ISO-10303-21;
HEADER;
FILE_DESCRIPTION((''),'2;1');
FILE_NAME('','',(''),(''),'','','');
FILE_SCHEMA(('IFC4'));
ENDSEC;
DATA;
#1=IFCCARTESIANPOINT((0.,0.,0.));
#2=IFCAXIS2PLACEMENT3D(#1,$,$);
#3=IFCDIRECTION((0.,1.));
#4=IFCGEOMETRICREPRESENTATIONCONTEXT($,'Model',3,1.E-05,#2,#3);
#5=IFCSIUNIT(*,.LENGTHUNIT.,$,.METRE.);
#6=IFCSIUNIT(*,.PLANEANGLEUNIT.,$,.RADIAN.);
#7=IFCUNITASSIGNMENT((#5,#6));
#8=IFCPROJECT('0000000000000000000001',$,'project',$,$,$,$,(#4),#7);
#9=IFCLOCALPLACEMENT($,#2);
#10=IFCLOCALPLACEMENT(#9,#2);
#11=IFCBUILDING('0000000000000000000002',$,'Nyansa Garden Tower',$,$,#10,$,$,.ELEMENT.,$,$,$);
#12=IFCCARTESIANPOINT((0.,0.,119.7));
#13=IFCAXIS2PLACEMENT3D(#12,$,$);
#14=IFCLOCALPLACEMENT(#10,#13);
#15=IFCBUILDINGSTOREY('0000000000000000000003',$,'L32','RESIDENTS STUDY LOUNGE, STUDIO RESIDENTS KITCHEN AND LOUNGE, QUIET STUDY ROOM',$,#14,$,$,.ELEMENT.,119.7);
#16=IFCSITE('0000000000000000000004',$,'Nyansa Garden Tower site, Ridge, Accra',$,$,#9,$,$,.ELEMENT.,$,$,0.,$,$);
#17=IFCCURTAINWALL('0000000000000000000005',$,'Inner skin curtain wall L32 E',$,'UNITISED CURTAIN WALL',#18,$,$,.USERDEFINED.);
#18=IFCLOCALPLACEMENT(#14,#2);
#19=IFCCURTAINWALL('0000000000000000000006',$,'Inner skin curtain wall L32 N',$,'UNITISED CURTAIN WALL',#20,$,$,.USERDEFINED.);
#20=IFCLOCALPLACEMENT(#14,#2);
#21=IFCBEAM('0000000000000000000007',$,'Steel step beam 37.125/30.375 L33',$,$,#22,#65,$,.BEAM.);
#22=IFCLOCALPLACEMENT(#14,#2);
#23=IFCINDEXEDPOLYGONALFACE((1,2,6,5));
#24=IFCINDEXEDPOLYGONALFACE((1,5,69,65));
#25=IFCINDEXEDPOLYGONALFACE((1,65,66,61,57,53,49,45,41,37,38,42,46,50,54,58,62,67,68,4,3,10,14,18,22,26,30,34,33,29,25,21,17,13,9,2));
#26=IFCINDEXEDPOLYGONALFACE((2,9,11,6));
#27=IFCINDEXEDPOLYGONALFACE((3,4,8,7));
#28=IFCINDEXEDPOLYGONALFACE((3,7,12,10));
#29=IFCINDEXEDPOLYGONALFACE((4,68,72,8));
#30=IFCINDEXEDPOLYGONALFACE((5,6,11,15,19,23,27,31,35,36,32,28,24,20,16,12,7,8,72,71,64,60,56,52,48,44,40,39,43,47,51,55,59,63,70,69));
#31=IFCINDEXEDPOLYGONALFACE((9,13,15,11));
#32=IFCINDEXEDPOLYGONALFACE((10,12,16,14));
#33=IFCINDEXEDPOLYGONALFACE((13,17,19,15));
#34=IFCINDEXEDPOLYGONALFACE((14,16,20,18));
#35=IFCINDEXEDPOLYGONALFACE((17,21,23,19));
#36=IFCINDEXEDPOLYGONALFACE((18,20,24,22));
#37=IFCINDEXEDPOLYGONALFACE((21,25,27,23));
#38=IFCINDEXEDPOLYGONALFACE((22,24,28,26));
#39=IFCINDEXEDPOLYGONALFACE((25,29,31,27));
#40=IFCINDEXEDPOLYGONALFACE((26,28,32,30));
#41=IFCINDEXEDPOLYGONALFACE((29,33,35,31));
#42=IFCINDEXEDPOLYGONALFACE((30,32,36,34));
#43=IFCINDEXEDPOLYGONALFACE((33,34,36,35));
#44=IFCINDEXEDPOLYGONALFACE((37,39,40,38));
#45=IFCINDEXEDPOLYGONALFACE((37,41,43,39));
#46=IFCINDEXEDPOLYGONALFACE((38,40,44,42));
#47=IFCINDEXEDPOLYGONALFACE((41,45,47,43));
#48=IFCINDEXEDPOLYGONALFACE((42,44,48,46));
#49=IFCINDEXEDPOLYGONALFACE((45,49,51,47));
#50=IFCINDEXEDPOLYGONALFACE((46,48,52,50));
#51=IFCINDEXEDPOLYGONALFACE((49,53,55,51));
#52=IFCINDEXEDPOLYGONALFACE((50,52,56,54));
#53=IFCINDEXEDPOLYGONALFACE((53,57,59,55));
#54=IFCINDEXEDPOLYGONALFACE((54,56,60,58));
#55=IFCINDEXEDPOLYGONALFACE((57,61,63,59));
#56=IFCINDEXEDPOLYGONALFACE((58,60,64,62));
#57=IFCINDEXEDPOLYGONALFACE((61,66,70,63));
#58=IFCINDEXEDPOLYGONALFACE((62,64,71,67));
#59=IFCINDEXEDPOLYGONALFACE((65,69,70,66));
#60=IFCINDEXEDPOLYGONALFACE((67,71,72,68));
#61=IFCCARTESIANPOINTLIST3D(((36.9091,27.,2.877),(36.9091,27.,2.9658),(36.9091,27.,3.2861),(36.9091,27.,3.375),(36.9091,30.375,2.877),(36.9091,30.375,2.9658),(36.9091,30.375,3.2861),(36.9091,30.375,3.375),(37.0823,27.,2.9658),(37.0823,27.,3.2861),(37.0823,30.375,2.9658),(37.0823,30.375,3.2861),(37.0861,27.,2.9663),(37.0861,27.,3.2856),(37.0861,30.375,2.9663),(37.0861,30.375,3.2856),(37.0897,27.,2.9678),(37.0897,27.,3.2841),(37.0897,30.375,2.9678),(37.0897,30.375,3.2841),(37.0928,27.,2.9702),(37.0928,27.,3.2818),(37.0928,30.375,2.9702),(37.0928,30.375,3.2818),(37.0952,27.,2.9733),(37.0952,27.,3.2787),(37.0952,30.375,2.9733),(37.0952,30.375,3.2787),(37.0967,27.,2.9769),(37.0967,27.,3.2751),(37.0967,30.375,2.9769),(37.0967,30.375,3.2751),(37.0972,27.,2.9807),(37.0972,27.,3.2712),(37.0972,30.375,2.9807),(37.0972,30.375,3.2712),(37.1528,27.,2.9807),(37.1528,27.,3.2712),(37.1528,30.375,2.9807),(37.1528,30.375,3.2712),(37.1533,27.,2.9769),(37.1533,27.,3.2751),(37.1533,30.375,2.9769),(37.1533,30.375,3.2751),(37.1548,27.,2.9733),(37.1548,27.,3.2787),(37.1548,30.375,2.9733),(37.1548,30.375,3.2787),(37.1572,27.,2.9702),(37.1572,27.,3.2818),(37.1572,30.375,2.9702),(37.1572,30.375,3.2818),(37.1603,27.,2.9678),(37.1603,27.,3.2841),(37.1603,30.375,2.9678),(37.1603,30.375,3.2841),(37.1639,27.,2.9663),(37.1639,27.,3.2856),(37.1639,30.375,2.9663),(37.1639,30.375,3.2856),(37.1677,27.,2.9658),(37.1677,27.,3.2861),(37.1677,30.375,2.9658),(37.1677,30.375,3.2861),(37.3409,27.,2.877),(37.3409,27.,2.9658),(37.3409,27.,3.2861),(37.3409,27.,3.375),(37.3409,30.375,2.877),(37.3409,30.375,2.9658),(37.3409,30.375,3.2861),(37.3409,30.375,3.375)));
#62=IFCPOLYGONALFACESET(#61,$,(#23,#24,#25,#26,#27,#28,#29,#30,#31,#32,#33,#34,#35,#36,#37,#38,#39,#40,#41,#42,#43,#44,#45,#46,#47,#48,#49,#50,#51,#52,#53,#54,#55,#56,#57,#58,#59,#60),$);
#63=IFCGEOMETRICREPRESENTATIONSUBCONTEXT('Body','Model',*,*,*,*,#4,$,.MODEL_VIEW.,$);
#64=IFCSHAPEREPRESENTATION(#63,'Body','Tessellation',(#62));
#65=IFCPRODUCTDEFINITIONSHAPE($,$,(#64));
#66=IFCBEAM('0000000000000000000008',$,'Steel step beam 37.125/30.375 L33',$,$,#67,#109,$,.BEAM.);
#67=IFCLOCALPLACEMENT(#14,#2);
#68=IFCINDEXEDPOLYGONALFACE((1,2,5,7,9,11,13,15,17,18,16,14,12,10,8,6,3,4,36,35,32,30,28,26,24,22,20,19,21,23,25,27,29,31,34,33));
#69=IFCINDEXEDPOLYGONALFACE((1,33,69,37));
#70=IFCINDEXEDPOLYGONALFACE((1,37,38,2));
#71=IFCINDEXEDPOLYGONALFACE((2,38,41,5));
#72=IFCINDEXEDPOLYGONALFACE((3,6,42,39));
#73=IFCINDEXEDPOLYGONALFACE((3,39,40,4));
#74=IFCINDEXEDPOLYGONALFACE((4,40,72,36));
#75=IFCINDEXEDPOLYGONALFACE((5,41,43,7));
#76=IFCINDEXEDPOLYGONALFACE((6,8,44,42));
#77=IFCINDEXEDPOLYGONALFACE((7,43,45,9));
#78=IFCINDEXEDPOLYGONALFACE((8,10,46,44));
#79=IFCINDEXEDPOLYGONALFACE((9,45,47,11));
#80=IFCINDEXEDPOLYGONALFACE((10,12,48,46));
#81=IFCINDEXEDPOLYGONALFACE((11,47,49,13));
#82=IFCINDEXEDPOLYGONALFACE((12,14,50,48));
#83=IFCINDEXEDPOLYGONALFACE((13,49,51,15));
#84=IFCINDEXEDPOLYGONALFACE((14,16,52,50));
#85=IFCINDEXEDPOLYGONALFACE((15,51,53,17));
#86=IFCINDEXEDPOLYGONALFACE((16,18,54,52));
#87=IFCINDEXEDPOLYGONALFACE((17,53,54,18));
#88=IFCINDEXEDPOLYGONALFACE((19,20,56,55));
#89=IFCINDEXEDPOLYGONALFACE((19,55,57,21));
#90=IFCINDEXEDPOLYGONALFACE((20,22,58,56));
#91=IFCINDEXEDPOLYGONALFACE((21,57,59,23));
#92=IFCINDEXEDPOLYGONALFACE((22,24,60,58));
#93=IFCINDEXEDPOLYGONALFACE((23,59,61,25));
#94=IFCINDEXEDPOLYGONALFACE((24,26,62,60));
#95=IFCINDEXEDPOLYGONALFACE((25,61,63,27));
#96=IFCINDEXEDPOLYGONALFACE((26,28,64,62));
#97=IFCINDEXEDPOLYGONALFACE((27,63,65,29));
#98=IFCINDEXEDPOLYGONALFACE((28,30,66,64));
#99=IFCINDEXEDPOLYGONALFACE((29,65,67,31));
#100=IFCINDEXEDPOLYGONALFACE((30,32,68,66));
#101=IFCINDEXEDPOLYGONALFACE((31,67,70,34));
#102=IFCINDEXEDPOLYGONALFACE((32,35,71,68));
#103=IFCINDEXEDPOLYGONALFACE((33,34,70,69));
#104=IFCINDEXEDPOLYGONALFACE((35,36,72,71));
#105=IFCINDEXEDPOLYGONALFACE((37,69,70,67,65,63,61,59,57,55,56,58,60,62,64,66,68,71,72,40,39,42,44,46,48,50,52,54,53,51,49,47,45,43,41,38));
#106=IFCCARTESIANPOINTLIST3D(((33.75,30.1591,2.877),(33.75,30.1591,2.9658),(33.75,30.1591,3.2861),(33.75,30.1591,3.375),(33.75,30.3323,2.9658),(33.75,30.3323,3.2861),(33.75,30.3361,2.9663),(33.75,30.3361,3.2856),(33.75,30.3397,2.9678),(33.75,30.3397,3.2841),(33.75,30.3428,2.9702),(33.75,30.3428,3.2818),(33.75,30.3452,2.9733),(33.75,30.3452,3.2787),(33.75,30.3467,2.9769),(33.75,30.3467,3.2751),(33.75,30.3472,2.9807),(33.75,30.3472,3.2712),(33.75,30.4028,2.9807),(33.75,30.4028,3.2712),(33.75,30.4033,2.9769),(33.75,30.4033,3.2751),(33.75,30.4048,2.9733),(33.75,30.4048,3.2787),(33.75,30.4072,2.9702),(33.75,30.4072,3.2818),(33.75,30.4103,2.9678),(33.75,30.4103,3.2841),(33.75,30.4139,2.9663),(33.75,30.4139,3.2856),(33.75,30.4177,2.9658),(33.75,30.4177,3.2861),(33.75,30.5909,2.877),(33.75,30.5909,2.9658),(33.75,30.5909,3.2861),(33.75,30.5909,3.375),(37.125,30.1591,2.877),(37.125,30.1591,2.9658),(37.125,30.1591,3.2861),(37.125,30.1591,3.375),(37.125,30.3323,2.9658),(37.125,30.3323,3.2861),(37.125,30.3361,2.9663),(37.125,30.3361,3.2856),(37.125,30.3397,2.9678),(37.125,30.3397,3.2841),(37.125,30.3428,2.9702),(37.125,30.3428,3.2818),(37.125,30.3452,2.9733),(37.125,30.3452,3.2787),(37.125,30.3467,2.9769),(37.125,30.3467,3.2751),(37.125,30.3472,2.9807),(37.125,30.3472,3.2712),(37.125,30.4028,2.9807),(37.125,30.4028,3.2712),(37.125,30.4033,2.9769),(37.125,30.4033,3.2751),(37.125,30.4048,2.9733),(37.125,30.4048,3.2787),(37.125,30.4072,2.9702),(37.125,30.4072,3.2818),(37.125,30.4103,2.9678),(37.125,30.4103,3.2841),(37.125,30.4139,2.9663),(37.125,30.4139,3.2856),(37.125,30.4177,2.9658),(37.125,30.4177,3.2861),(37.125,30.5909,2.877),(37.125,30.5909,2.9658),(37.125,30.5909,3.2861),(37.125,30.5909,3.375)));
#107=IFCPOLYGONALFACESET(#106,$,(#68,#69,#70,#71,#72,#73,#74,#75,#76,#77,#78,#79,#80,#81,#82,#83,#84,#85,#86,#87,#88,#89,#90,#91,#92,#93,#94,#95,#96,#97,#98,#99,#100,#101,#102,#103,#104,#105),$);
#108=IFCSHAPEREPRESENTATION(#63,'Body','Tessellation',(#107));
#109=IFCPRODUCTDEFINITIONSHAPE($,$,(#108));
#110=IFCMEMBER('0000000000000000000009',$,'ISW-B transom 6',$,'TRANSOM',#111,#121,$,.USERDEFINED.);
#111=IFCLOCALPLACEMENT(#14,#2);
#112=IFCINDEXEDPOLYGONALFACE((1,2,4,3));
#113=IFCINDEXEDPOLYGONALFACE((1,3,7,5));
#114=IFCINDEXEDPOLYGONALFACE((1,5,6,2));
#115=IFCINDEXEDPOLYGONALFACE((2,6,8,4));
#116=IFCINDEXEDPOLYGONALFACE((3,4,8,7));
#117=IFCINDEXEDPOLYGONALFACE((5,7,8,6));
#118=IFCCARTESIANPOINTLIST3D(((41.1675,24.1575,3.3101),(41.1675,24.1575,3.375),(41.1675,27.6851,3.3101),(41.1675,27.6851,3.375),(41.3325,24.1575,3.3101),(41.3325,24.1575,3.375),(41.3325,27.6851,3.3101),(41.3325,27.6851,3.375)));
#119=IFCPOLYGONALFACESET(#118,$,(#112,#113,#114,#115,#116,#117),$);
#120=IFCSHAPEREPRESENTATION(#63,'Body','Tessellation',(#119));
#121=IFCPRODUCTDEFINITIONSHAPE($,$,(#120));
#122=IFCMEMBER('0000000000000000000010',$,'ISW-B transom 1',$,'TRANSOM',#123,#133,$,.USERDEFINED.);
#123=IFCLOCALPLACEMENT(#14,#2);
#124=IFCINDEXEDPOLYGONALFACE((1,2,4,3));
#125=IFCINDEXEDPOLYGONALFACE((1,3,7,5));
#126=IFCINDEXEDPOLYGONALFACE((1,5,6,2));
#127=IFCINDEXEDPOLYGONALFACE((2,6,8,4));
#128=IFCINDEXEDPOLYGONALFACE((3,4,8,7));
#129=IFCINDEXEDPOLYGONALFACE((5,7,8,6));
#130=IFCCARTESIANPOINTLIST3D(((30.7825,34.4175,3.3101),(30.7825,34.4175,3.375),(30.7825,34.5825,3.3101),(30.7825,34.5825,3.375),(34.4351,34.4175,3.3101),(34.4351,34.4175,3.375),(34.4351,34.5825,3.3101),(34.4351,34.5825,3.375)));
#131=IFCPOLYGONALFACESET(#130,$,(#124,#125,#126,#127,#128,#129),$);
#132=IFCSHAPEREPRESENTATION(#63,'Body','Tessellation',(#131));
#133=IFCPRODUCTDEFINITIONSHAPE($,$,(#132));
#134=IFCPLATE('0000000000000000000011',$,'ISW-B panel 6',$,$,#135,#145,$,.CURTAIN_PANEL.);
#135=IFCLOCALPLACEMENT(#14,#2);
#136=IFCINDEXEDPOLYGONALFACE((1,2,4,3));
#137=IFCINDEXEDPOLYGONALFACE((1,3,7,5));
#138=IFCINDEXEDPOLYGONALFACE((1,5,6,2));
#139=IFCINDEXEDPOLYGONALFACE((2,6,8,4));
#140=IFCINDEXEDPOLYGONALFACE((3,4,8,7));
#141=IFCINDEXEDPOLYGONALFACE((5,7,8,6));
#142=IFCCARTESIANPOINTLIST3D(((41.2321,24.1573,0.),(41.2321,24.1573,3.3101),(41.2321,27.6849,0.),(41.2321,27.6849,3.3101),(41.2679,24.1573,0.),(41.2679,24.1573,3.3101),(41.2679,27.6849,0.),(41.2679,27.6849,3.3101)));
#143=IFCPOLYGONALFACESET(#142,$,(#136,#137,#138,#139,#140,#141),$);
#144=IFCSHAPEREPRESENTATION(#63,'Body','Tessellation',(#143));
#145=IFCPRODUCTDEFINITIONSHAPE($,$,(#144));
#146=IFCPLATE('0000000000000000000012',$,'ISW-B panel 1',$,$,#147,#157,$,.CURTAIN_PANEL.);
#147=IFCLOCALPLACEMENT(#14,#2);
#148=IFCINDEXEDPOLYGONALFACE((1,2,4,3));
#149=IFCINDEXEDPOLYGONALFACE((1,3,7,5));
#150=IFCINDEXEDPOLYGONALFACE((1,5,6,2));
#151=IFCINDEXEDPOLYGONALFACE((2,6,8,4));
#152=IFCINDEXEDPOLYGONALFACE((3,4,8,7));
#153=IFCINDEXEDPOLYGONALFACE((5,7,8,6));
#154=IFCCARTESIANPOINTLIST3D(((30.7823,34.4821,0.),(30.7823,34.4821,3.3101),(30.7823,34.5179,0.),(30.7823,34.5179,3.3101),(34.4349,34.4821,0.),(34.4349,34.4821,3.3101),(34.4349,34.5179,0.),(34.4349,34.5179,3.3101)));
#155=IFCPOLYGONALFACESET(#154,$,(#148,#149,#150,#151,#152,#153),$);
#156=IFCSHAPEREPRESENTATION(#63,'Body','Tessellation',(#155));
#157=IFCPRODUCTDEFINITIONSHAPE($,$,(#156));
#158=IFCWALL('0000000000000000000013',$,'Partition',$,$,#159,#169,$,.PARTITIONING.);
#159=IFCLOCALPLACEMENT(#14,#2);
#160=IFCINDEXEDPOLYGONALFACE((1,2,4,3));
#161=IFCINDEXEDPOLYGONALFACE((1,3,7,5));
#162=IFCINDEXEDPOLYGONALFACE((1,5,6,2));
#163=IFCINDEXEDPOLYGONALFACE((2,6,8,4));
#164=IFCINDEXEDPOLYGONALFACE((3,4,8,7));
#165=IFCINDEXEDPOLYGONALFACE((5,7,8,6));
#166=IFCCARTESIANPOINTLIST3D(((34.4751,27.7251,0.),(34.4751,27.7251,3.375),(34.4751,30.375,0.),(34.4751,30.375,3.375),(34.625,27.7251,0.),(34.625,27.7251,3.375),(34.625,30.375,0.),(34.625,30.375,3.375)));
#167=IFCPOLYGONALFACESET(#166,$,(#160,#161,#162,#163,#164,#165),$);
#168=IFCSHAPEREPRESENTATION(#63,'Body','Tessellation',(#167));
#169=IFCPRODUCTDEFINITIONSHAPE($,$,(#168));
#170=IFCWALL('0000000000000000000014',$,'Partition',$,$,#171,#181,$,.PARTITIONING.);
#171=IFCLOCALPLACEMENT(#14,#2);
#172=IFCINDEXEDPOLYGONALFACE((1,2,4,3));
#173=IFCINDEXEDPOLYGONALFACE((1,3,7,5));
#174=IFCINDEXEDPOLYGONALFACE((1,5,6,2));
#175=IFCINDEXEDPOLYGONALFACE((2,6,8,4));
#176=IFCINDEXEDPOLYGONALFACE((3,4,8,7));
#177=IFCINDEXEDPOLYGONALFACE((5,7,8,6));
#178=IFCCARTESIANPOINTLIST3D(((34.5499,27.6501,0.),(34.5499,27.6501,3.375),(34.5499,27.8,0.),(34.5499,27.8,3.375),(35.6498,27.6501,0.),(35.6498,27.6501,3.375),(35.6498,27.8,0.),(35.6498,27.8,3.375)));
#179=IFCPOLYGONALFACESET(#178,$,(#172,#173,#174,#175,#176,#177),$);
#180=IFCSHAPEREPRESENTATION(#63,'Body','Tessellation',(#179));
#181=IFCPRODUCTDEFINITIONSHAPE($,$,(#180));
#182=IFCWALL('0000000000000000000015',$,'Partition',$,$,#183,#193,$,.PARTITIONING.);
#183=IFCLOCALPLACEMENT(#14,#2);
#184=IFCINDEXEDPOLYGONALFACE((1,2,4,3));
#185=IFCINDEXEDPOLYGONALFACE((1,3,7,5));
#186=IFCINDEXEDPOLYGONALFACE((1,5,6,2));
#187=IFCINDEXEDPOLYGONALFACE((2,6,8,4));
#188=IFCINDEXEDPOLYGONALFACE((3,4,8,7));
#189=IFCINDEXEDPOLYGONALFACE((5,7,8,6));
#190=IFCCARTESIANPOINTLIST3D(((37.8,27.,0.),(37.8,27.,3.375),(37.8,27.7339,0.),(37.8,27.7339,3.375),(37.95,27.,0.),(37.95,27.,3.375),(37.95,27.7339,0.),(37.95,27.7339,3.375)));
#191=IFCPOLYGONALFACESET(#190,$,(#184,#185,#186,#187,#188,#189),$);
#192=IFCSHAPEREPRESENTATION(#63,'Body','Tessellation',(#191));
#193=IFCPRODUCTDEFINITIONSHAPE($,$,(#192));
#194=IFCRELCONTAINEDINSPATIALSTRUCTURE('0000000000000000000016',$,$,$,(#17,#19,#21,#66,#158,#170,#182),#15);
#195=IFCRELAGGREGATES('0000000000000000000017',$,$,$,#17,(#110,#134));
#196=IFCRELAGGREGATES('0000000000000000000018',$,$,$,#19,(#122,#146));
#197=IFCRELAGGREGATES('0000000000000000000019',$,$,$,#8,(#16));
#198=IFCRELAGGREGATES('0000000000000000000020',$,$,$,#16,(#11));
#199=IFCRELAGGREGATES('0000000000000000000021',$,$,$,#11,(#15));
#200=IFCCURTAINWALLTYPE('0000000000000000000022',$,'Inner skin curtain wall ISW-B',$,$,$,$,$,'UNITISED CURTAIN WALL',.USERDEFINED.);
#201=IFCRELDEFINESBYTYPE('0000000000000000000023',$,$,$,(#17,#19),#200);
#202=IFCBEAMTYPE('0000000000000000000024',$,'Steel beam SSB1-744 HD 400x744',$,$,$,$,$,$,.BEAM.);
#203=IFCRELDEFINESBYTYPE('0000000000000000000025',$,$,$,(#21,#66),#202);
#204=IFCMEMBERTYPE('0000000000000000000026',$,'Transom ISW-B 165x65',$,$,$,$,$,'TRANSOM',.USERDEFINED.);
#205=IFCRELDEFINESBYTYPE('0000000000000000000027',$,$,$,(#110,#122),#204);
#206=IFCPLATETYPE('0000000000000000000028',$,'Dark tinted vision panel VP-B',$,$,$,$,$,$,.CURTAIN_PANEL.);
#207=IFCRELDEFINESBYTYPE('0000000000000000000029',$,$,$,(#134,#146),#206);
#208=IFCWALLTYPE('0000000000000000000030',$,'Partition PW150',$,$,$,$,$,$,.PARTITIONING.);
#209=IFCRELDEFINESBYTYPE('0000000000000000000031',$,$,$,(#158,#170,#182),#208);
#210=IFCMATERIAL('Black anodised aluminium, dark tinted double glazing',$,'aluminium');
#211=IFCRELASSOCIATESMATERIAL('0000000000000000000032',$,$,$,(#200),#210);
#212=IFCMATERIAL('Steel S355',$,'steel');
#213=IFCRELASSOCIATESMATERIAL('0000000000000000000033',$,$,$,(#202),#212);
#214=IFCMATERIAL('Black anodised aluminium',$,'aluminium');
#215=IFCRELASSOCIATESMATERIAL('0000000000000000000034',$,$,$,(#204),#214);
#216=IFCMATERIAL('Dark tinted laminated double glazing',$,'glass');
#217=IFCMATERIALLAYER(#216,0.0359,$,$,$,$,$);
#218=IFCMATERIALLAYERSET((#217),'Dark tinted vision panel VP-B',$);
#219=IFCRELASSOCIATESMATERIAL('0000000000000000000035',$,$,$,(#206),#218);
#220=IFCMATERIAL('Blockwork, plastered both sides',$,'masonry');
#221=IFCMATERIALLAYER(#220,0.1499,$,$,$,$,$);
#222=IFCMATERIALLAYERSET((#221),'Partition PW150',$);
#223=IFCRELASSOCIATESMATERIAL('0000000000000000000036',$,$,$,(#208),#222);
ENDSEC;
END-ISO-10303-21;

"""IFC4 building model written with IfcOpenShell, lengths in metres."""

from ifc_helpers import new_model, si_unit, direction, frame, frame_2d, origin, origin_2d, place, context, subcontext, project, spatial, rectangle, i_section, extrude, material, layer, layer_set, material_profile, profile_set, type_object, element, aggregate, save


model = new_model("IFC4")

# Units and contexts
model_context = context("Model", 3, precision=1e-05, world=origin(), true_north=direction((0.0, 1.0)))
body_context = subcontext(model_context, "Body", "Model", "MODEL_VIEW")
ifc_project = project(units=[si_unit("LENGTHUNIT", "METRE"), si_unit("PLANEANGLEUNIT", "RADIAN")], contexts=[model_context])

# Site, building, storey
site_placement = place(None, origin())
site = spatial("IfcSite", under=ifc_project, at=site_placement, Name="Nyansa Garden Tower site, Ridge, Accra", CompositionType="ELEMENT", RefElevation=0.0)
building_placement = place(site_placement, origin())
building = spatial("IfcBuilding", under=site, at=building_placement, Name="Nyansa Garden Tower", CompositionType="ELEMENT")
storey_placement = place(building_placement, frame((0.0, 0.0, 119.7)))
storey = spatial("IfcBuildingStorey", under=building, at=storey_placement, Name="L32", Description="RESIDENTS STUDY LOUNGE, STUDIO RESIDENTS KITCHEN AND LOUNGE, QUIET STUDY ROOM", CompositionType="ELEMENT", Elevation=119.7)

# Curtain walls
ifc_material_1 = material(Name="Black anodised aluminium, dark tinted double glazing", Category="aluminium")
curtain_wall_type = type_object("IfcCurtainWallType", Name="Inner skin curtain wall ISW-B", ElementType="UNITISED CURTAIN WALL", PredefinedType="USERDEFINED", material=ifc_material_1)
curtain_wall_1_placement = place(storey_placement, origin())
curtain_wall_1 = element("IfcCurtainWall", 1, at=curtain_wall_1_placement, inside=storey, type_object=curtain_wall_type, Name="Inner skin curtain wall L32 E", ObjectType="UNITISED CURTAIN WALL", PredefinedType="USERDEFINED")
curtain_wall_2_placement = place(storey_placement, origin())
curtain_wall_2 = element("IfcCurtainWall", 2, at=curtain_wall_2_placement, inside=storey, type_object=curtain_wall_type, Name="Inner skin curtain wall L32 N", ObjectType="UNITISED CURTAIN WALL", PredefinedType="USERDEFINED")

# Beams
ifc_material_2 = material(Name="Steel S355", Category="steel")
ifc_material_profile_1 = material_profile(ifc_material_2, i_section(OverallWidth=0.4319, OverallDepth=0.498, WebThickness=0.0557, FlangeThickness=0.0889, FilletRadius=0.0149, at=origin_2d()), Name="HD 400x744")
ifc_profile_set_1 = profile_set([ifc_material_profile_1], Name="Steel S355")
beam_type_1 = type_object("IfcBeamType", Name="Steel beam SSB1-744 HD 400x744", PredefinedType="BEAM", material=ifc_profile_set_1)
for number, where, z_axis, x_axis, name in (
    (3, (37.125, 30.375, 3.126), (0.0, -1.0, 0.0), (1.0, 0.0, 0.0), "Steel step beam 37.125/30.375 L33"),
    (4, (37.125, 30.375, 3.126), (-1.0, 0.0, 0.0), (0.0, -1.0, 0.0), "Steel step beam 37.125/30.375 L33"),
):
    element("IfcBeam", number, at=place(storey_placement, frame(where, z_axis=z_axis, x_axis=x_axis)), inside=storey, type_object=beam_type_1, Name=name, PredefinedType="BEAM", context=body_context, shape_type="SweptSolid", body=[
        extrude(i_section(OverallWidth=0.4319, OverallDepth=0.498, WebThickness=0.0557, FlangeThickness=0.0889, FilletRadius=0.0149, at=origin_2d()), origin(), (0.0, 0.0, 1.0), 3.375),
    ])

# Members
ifc_material_3 = material(Name="Black anodised aluminium", Category="aluminium")
ifc_material_profile_2 = material_profile(ifc_material_3, rectangle(XDim=0.165, YDim=0.0649, at=origin_2d()), Name="Transom 165x65")
ifc_profile_set_2 = profile_set([ifc_material_profile_2], Name="Black anodised aluminium")
member_type_1 = type_object("IfcMemberType", Name="Transom ISW-B 165x65", ElementType="TRANSOM", PredefinedType="USERDEFINED", material=ifc_profile_set_2)
member_1_placement = place(storey_placement, frame((41.25, 24.1575, 3.3425), z_axis=(0.0, 1.0, 0.0), x_axis=(-1.0, 0.0, 0.0)))
member_1 = element("IfcMember", 5, at=member_1_placement, type_object=member_type_1, Name="ISW-B transom 6", ObjectType="TRANSOM", PredefinedType="USERDEFINED", context=body_context, shape_type="SweptSolid", body=[
    extrude(rectangle(XDim=0.165, YDim=0.0649, at=origin_2d()), origin(), (0.0, 0.0, 1.0), 3.5276),
])
member_2_placement = place(storey_placement, frame((34.4351, 34.5, 3.3425), z_axis=(-1.0, 0.0, 0.0), x_axis=(0.0, -1.0, 0.0)))
member_2 = element("IfcMember", 6, at=member_2_placement, type_object=member_type_1, Name="ISW-B transom 1", ObjectType="TRANSOM", PredefinedType="USERDEFINED", context=body_context, shape_type="SweptSolid", body=[
    extrude(rectangle(XDim=0.165, YDim=0.0649, at=origin_2d()), origin(), (0.0, 0.0, 1.0), 3.6526),
])

# Plates
ifc_material_4 = material(Name="Dark tinted laminated double glazing", Category="glass")
ifc_layer_1 = layer(ifc_material_4, 0.0359)
ifc_layer_set_1 = layer_set([ifc_layer_1], Name="Dark tinted vision panel VP-B")
plate_type = type_object("IfcPlateType", Name="Dark tinted vision panel VP-B", PredefinedType="CURTAIN_PANEL", material=ifc_layer_set_1)
plate_1_placement = place(storey_placement, frame((41.25, 25.9211, 0.0), z_axis=(0.0, 0.0, 1.0), x_axis=(0.0, 1.0, 0.0)))
plate_1 = element("IfcPlate", 7, at=plate_1_placement, type_object=plate_type, Name="ISW-B panel 6", PredefinedType="CURTAIN_PANEL", context=body_context, shape_type="SweptSolid", body=[
    extrude(rectangle(XDim=3.5276, YDim=0.0359, at=origin_2d()), origin(), (0.0, 0.0, 1.0), 3.3101),
])
aggregate(curtain_wall_1, [member_1, plate_1])
plate_2_placement = place(storey_placement, frame((32.6086, 34.5, 0.0), z_axis=(0.0, 0.0, 1.0), x_axis=(-1.0, 0.0, 0.0)))
plate_2 = element("IfcPlate", 8, at=plate_2_placement, type_object=plate_type, Name="ISW-B panel 1", PredefinedType="CURTAIN_PANEL", context=body_context, shape_type="SweptSolid", body=[
    extrude(rectangle(XDim=3.6526, YDim=0.0359, at=origin_2d()), origin(), (0.0, 0.0, 1.0), 3.3101),
])
aggregate(curtain_wall_2, [member_2, plate_2])

# Walls
ifc_material_5 = material(Name="Blockwork, plastered both sides", Category="masonry")
ifc_layer_2 = layer(ifc_material_5, 0.1499)
ifc_layer_set_2 = layer_set([ifc_layer_2], Name="Partition PW150")
wall_type_1 = type_object("IfcWallType", Name="Partition PW150", PredefinedType="PARTITIONING", material=ifc_layer_set_2)
wall_1_placement = place(storey_placement, frame((34.55, 27.7251, 0.0), z_axis=(0.0, 0.0, 1.0), x_axis=(0.0, 1.0, 0.0)))
element("IfcWall", 9, at=wall_1_placement, inside=storey, type_object=wall_type_1, Name="Partition", PredefinedType="PARTITIONING", context=body_context, shape_type="SweptSolid", body=[
    extrude(rectangle(XDim=2.6499, YDim=0.1499, at=frame_2d((1.325, 0.0))), origin(), (0.0, 0.0, 1.0), 3.375),
])
wall_2_placement = place(storey_placement, frame((34.55, 27.7251, 0.0), z_axis=(0.0, 0.0, 1.0), x_axis=(1.0, 0.0, 0.0)))
element("IfcWall", 10, at=wall_2_placement, inside=storey, type_object=wall_type_1, Name="Partition", PredefinedType="PARTITIONING", context=body_context, shape_type="SweptSolid", body=[
    extrude(rectangle(XDim=1.0999, YDim=0.1499, at=frame_2d((0.5498, 0.0))), origin(), (0.0, 0.0, 1.0), 3.375),
])
wall_3_placement = place(storey_placement, frame((37.875, 27.0, 0.0), z_axis=(0.0, 0.0, 1.0), x_axis=(0.0, 1.0, 0.0)))
element("IfcWall", 11, at=wall_3_placement, inside=storey, type_object=wall_type_1, Name="Partition", PredefinedType="PARTITIONING", context=body_context, shape_type="SweptSolid", body=[
    extrude(rectangle(XDim=0.7339, YDim=0.1499, at=frame_2d((0.3669, 0.0))), origin(), (0.0, 0.0, 1.0), 3.375),
])

save(model, "model.ifc")
